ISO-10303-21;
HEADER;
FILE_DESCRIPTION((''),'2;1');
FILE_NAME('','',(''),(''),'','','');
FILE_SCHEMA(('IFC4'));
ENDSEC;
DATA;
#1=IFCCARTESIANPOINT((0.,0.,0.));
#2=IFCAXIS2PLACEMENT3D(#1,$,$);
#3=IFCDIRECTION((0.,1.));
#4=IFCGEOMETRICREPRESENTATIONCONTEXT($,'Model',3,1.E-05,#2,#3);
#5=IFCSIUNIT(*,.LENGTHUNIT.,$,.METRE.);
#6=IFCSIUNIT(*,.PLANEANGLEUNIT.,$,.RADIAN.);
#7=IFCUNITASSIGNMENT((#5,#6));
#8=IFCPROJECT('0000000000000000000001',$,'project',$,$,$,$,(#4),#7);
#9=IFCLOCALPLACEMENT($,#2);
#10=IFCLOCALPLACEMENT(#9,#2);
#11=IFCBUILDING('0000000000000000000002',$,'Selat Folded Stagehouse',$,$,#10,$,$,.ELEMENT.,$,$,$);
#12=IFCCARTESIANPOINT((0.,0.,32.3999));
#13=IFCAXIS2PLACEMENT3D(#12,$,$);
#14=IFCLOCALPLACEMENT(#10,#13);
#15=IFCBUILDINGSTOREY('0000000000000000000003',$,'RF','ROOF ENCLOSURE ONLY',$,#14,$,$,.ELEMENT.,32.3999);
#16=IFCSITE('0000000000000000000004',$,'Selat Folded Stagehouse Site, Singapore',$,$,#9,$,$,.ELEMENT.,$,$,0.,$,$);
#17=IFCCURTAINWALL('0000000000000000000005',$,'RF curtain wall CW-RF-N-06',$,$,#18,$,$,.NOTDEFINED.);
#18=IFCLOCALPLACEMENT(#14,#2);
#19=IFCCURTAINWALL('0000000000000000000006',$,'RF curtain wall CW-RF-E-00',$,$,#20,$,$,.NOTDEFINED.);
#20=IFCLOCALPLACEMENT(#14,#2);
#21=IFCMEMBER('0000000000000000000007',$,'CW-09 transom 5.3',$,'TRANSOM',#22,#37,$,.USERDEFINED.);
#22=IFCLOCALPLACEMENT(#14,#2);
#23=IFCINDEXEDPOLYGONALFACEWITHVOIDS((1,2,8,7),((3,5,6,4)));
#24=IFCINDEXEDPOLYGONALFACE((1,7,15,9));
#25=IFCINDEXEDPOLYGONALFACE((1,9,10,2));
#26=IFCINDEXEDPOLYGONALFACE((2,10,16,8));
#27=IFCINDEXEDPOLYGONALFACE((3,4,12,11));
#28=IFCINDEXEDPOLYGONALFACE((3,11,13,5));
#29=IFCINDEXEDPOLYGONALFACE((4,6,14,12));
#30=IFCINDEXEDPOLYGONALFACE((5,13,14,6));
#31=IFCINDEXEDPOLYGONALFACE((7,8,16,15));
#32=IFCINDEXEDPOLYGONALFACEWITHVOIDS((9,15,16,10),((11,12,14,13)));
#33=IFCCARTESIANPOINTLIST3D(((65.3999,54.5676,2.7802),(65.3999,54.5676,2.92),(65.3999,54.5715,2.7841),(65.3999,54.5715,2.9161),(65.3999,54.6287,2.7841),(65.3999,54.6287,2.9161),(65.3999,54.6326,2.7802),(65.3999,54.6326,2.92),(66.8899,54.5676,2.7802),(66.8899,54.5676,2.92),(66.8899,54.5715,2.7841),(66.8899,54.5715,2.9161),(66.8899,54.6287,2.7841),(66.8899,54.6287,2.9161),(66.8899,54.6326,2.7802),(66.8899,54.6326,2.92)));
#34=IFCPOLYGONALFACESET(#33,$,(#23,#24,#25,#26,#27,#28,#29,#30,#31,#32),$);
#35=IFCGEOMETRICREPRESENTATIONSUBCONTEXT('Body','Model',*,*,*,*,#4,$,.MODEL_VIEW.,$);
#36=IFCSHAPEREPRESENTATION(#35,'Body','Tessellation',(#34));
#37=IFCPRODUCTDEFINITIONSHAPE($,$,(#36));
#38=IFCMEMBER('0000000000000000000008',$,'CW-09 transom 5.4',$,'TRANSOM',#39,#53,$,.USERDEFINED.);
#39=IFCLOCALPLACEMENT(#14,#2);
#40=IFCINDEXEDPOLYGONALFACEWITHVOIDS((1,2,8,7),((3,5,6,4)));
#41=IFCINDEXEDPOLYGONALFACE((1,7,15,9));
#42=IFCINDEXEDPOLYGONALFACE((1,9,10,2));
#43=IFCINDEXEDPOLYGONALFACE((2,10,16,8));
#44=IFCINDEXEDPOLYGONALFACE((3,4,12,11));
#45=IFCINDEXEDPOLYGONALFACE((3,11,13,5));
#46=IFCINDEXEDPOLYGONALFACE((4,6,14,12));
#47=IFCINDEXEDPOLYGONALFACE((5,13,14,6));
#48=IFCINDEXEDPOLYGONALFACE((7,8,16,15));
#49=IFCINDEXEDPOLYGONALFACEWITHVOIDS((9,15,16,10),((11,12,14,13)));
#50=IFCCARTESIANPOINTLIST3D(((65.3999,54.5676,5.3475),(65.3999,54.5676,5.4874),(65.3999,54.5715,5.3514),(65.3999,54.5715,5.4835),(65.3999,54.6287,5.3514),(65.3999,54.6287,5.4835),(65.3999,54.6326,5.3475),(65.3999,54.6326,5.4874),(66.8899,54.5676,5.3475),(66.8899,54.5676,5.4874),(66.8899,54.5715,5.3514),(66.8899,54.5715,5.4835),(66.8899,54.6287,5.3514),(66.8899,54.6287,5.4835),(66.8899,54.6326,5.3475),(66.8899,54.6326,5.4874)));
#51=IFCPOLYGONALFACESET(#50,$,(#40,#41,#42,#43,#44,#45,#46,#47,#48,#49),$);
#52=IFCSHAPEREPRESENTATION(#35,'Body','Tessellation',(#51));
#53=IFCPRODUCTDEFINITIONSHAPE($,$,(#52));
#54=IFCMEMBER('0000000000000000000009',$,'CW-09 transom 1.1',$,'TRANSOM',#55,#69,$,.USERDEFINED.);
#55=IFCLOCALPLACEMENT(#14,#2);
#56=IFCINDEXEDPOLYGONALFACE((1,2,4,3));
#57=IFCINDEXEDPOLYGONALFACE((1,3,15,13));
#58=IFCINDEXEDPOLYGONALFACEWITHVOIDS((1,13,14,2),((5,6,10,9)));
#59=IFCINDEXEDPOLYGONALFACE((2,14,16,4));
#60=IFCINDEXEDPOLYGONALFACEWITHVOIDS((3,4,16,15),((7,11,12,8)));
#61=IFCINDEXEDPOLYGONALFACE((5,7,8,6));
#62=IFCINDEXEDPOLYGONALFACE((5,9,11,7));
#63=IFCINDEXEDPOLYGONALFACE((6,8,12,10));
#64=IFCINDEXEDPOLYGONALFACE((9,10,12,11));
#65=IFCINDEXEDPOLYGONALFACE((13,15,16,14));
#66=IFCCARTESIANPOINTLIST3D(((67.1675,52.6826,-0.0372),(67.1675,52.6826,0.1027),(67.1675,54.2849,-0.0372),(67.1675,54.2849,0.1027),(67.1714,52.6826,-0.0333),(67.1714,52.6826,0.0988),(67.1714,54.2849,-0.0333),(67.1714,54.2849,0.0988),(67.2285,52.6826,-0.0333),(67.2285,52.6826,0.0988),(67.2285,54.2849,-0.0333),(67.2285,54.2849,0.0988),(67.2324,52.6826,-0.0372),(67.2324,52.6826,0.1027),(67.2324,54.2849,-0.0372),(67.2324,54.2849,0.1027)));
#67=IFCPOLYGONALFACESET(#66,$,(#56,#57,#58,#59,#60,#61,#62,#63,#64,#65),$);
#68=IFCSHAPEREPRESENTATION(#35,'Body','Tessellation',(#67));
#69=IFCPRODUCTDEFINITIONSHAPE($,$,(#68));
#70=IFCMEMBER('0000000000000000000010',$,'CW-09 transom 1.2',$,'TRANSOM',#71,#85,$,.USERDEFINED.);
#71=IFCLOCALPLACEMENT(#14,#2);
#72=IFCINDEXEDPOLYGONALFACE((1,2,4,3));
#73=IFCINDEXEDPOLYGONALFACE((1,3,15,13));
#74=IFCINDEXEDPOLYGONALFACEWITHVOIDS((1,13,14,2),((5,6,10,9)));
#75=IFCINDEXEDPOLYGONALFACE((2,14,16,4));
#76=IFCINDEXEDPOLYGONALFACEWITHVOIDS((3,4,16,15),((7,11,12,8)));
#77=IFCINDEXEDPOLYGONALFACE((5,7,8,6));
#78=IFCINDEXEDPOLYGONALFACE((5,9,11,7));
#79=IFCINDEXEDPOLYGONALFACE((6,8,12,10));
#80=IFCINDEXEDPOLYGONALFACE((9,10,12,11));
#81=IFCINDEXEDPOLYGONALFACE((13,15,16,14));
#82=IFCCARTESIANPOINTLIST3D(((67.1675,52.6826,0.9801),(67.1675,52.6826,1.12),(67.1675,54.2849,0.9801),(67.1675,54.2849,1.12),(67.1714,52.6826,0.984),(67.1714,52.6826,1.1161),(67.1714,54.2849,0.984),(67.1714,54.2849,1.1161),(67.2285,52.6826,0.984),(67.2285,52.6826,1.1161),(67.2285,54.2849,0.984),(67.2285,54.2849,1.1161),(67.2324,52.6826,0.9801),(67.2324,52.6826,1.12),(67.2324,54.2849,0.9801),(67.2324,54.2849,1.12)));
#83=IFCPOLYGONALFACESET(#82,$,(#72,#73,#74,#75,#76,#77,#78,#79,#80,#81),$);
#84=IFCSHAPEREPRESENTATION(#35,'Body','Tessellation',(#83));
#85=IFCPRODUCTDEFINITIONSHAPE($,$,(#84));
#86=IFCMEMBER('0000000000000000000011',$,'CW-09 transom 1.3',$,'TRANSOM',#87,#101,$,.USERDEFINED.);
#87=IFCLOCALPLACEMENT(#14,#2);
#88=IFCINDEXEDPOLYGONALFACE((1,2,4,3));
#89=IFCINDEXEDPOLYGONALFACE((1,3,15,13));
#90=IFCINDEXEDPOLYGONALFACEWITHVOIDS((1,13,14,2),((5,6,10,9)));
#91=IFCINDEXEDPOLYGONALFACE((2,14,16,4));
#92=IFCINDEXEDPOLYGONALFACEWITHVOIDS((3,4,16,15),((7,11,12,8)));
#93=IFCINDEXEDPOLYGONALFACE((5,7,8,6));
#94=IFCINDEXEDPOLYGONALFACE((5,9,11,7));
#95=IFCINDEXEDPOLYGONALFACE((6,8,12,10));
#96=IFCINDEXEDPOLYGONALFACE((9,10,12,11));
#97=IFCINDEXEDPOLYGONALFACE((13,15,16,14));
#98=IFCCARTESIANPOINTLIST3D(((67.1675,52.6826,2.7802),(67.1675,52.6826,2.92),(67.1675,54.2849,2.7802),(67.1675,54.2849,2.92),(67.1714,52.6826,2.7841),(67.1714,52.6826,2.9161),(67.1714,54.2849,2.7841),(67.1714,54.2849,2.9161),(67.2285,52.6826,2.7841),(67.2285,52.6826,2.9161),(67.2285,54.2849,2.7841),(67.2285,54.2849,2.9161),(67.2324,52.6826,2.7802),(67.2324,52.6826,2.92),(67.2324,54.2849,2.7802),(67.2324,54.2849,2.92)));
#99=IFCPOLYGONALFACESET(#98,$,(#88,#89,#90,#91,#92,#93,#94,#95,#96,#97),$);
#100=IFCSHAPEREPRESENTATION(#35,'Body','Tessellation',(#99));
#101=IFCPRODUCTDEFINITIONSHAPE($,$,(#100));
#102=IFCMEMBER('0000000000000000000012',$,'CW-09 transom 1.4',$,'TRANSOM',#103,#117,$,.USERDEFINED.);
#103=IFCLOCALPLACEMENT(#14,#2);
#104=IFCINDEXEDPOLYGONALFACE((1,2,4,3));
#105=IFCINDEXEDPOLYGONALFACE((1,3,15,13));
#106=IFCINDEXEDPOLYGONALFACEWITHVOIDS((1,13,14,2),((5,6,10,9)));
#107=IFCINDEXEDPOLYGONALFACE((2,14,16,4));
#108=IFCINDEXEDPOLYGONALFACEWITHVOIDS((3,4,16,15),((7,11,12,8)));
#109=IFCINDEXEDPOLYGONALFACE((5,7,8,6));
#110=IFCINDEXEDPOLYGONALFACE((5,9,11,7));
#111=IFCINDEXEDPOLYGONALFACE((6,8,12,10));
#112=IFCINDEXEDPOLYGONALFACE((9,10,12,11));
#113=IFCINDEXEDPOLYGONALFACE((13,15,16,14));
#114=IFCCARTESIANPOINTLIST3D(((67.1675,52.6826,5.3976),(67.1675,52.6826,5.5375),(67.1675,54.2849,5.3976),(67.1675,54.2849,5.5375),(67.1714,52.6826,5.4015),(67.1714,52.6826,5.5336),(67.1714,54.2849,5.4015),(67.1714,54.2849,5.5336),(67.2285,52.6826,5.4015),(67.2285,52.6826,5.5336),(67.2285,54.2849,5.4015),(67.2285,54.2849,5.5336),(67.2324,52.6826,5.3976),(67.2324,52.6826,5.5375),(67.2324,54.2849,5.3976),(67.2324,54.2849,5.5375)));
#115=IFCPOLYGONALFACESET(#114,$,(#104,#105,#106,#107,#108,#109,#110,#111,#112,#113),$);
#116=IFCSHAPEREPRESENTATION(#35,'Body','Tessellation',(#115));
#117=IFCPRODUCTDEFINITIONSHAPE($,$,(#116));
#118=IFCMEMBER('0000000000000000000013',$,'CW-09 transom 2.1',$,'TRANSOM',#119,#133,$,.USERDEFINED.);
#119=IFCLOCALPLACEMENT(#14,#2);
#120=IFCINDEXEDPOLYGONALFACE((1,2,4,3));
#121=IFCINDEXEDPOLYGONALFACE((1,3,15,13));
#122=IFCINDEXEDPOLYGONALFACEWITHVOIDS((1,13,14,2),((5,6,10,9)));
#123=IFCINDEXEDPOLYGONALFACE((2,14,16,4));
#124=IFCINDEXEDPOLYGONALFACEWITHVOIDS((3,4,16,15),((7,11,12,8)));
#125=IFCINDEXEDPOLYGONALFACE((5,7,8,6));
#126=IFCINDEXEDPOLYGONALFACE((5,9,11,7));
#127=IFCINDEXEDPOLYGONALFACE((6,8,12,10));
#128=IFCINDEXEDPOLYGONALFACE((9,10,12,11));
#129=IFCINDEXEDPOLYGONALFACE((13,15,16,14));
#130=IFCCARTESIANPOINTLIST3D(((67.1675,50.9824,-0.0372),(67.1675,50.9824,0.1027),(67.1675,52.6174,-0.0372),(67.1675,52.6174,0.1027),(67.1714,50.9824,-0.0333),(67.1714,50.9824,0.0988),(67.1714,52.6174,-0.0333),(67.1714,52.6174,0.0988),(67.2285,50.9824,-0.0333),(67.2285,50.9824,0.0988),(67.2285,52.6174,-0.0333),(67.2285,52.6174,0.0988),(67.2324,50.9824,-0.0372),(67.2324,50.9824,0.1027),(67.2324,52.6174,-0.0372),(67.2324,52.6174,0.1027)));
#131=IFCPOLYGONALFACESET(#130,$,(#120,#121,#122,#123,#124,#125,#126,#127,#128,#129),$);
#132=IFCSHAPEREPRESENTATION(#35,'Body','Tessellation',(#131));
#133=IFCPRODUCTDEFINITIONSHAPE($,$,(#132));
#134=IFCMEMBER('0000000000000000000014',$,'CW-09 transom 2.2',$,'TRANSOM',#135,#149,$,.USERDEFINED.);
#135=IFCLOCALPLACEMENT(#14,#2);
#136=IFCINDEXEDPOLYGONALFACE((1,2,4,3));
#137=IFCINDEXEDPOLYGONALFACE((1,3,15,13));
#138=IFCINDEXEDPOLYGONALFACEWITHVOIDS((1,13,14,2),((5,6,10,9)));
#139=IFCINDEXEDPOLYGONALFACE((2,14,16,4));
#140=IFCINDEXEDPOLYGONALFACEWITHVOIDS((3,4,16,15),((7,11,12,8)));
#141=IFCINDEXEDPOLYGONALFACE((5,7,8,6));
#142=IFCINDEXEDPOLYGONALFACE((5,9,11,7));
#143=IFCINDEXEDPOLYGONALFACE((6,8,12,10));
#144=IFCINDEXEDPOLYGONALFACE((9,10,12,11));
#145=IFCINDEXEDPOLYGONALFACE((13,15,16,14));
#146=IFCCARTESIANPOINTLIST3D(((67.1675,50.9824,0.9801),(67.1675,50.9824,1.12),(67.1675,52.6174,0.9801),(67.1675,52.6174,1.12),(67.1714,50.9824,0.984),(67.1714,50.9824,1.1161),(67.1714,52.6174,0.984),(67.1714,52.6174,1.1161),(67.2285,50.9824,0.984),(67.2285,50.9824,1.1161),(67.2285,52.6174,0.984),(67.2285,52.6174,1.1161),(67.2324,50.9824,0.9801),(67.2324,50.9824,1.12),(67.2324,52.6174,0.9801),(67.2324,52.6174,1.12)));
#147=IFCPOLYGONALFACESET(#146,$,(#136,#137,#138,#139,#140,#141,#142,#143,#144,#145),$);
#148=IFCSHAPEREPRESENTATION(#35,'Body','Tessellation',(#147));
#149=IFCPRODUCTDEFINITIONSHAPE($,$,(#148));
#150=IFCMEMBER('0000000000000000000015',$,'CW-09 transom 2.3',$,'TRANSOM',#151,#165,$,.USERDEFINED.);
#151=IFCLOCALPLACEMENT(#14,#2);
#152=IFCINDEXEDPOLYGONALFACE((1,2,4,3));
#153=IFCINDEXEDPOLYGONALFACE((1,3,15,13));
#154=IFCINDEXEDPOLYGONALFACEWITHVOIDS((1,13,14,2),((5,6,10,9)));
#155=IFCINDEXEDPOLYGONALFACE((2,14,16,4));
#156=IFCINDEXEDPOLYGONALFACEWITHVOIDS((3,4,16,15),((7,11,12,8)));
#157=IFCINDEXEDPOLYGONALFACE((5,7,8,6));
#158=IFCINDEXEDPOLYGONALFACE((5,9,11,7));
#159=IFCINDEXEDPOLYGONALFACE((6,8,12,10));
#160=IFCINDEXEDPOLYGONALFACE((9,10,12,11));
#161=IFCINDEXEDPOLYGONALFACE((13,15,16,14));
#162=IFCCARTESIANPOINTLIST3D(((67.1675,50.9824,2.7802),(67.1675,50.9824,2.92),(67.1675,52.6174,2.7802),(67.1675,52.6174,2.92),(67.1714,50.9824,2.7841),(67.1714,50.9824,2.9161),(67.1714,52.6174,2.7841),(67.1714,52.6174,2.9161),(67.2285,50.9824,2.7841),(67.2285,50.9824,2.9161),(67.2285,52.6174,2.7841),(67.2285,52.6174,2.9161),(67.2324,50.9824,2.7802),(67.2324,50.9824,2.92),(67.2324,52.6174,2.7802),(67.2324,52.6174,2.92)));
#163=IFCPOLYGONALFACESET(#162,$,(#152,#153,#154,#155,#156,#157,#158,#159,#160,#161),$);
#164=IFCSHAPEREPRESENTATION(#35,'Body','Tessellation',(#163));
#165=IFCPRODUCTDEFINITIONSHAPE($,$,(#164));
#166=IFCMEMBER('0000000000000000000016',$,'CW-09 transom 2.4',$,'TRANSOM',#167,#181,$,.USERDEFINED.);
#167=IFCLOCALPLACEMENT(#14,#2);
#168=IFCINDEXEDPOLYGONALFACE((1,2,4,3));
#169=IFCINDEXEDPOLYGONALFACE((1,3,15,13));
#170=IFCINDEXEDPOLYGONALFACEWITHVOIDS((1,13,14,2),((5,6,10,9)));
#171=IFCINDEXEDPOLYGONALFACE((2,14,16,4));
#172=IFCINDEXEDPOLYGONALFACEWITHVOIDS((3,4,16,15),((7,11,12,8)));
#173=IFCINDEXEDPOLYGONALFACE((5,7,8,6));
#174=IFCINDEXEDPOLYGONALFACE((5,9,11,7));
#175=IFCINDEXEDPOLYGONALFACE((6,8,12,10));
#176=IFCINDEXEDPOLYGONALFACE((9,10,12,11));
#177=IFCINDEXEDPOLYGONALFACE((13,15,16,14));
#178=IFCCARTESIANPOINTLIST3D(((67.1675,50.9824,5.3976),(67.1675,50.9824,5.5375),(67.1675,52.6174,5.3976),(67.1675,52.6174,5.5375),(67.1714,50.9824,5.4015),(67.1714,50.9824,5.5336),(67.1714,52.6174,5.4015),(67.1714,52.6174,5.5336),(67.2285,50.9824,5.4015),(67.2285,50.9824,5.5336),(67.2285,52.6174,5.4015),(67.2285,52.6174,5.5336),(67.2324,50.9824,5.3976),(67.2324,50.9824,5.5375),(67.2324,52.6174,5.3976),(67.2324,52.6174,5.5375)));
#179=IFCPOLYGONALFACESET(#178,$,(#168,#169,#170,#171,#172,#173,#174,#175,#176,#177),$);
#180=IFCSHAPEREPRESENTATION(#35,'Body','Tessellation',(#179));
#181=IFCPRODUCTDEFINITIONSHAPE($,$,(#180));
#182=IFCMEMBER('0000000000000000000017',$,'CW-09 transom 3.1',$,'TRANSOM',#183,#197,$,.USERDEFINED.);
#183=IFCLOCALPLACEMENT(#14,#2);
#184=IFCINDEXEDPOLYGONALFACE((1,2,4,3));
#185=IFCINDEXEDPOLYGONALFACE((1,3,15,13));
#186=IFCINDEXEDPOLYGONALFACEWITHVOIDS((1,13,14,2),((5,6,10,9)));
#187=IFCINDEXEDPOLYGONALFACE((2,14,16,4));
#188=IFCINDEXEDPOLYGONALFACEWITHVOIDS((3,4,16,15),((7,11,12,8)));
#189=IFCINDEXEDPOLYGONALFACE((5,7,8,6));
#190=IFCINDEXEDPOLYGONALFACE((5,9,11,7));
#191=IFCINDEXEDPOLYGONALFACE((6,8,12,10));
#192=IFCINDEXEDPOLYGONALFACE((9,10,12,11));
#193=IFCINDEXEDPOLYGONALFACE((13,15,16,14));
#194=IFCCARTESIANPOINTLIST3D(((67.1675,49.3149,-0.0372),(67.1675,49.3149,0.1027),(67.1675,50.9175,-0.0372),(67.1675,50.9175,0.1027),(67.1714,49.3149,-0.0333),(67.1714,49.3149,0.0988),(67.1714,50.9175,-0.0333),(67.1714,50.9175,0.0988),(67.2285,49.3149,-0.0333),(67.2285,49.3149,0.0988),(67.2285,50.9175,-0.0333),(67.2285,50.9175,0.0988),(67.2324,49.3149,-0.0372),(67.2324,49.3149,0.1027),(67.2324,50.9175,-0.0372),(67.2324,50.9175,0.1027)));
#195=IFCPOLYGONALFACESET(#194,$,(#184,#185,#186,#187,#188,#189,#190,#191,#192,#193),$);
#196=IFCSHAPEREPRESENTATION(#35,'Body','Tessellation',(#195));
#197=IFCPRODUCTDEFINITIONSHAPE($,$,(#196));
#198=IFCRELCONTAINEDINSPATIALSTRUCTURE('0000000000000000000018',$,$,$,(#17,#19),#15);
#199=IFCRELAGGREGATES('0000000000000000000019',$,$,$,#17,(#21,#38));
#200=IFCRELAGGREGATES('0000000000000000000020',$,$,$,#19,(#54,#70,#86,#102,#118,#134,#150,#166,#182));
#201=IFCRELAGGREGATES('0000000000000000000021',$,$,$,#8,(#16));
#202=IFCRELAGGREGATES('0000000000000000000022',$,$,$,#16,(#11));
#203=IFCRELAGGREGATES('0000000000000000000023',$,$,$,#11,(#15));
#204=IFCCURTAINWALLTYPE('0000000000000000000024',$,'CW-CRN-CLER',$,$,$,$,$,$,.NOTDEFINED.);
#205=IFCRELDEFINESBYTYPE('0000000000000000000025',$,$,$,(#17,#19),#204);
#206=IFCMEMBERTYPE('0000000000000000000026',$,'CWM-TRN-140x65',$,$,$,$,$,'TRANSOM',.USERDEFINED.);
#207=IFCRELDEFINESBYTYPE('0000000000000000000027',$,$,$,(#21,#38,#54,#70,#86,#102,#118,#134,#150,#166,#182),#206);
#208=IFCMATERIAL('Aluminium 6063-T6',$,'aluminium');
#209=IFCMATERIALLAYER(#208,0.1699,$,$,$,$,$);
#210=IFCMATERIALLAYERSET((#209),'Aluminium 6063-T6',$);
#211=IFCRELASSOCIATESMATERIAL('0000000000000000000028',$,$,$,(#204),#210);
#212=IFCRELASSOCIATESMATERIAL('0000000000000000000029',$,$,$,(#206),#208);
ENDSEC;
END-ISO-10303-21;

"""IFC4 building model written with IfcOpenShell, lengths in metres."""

from ifc_helpers import new_model, si_unit, direction, frame, origin, origin_2d, place, context, subcontext, project, spatial, hollow_rectangle, extrude, material, layer, layer_set, material_profile, profile_set, type_object, element, aggregate, save


model = new_model("IFC4")

# Units and contexts
model_context = context("Model", 3, precision=1e-05, world=origin(), true_north=direction((0.0, 1.0)))
body_context = subcontext(model_context, "Body", "Model", "MODEL_VIEW")
ifc_project = project(units=[si_unit("LENGTHUNIT", "METRE"), si_unit("PLANEANGLEUNIT", "RADIAN")], contexts=[model_context])

# Site, building, storey
site_placement = place(None, origin())
site = spatial("IfcSite", under=ifc_project, at=site_placement, Name="Selat Folded Stagehouse Site, Singapore", CompositionType="ELEMENT", RefElevation=0.0)
building_placement = place(site_placement, origin())
building = spatial("IfcBuilding", under=site, at=building_placement, Name="Selat Folded Stagehouse", CompositionType="ELEMENT")
storey_placement = place(building_placement, frame((0.0, 0.0, 32.3999)))
storey = spatial("IfcBuildingStorey", under=building, at=storey_placement, Name="RF", Description="ROOF ENCLOSURE ONLY", CompositionType="ELEMENT", Elevation=32.3999)

# Curtain walls
ifc_material_1 = material(Name="Aluminium 6063-T6", Category="aluminium")
ifc_layer_1 = layer(ifc_material_1, 0.1699)
ifc_layer_set_1 = layer_set([ifc_layer_1], Name="Aluminium 6063-T6")
curtain_wall_type = type_object("IfcCurtainWallType", Name="CW-CRN-CLER", PredefinedType="NOTDEFINED", material=ifc_layer_set_1)
curtain_wall_1_placement = place(storey_placement, origin())
curtain_wall_1 = element("IfcCurtainWall", 1, at=curtain_wall_1_placement, inside=storey, type_object=curtain_wall_type, Name="RF curtain wall CW-RF-N-06", PredefinedType="NOTDEFINED")
curtain_wall_2_placement = place(storey_placement, origin())
curtain_wall_2 = element("IfcCurtainWall", 2, at=curtain_wall_2_placement, inside=storey, type_object=curtain_wall_type, Name="RF curtain wall CW-RF-E-00", PredefinedType="NOTDEFINED")

# Members
ifc_material_profile_1 = material_profile(ifc_material_1, hollow_rectangle(XDim=0.0649, YDim=0.1399, WallThickness=0.0039, at=origin_2d()), Name="ALU 140x65x4.0")
ifc_profile_set_1 = profile_set([ifc_material_profile_1], Name="Aluminium 6063-T6")
member_type_1 = type_object("IfcMemberType", Name="CWM-TRN-140x65", ElementType="TRANSOM", PredefinedType="USERDEFINED", material=ifc_profile_set_1)
member_1_placement = place(storey_placement, frame((65.3999, 54.6001, 2.8501), z_axis=(1.0, 0.0, 0.0), x_axis=(0.0, 1.0, 0.0)))
member_1 = element("IfcMember", 3, at=member_1_placement, type_object=member_type_1, Name="CW-09 transom 5.3", ObjectType="TRANSOM", PredefinedType="USERDEFINED", context=body_context, shape_type="SweptSolid", body=[
    extrude(hollow_rectangle(XDim=0.0649, YDim=0.1399, WallThickness=0.0039, at=origin_2d()), origin(), (0.0, 0.0, 1.0), 1.49),
])
member_2_placement = place(storey_placement, frame((65.3999, 54.6001, 5.4175), z_axis=(1.0, 0.0, 0.0), x_axis=(0.0, 1.0, 0.0)))
member_2 = element("IfcMember", 4, at=member_2_placement, type_object=member_type_1, Name="CW-09 transom 5.4", ObjectType="TRANSOM", PredefinedType="USERDEFINED", context=body_context, shape_type="SweptSolid", body=[
    extrude(hollow_rectangle(XDim=0.0649, YDim=0.1399, WallThickness=0.0039, at=origin_2d()), origin(), (0.0, 0.0, 1.0), 1.49),
])
member_3_placement = place(storey_placement, frame((67.2, 54.2849, 0.0327), z_axis=(0.0, -1.0, 0.0), x_axis=(1.0, 0.0, 0.0)))
member_3 = element("IfcMember", 5, at=member_3_placement, type_object=member_type_1, Name="CW-09 transom 1.1", ObjectType="TRANSOM", PredefinedType="USERDEFINED", context=body_context, shape_type="SweptSolid", body=[
    extrude(hollow_rectangle(XDim=0.0649, YDim=0.1399, WallThickness=0.0039, at=origin_2d()), origin(), (0.0, 0.0, 1.0), 1.6023),
])
member_4_placement = place(storey_placement, frame((67.2, 54.2849, 1.05), z_axis=(0.0, -1.0, 0.0), x_axis=(1.0, 0.0, 0.0)))
member_4 = element("IfcMember", 6, at=member_4_placement, type_object=member_type_1, Name="CW-09 transom 1.2", ObjectType="TRANSOM", PredefinedType="USERDEFINED", context=body_context, shape_type="SweptSolid", body=[
    extrude(hollow_rectangle(XDim=0.0649, YDim=0.1399, WallThickness=0.0039, at=origin_2d()), origin(), (0.0, 0.0, 1.0), 1.6023),
])
member_5_placement = place(storey_placement, frame((67.2, 54.2849, 2.8501), z_axis=(0.0, -1.0, 0.0), x_axis=(1.0, 0.0, 0.0)))
member_5 = element("IfcMember", 7, at=member_5_placement, type_object=member_type_1, Name="CW-09 transom 1.3", ObjectType="TRANSOM", PredefinedType="USERDEFINED", context=body_context, shape_type="SweptSolid", body=[
    extrude(hollow_rectangle(XDim=0.0649, YDim=0.1399, WallThickness=0.0039, at=origin_2d()), origin(), (0.0, 0.0, 1.0), 1.6023),
])
member_6_placement = place(storey_placement, frame((67.2, 54.2849, 5.4675), z_axis=(0.0, -1.0, 0.0), x_axis=(1.0, 0.0, 0.0)))
member_6 = element("IfcMember", 8, at=member_6_placement, type_object=member_type_1, Name="CW-09 transom 1.4", ObjectType="TRANSOM", PredefinedType="USERDEFINED", context=body_context, shape_type="SweptSolid", body=[
    extrude(hollow_rectangle(XDim=0.0649, YDim=0.1399, WallThickness=0.0039, at=origin_2d()), origin(), (0.0, 0.0, 1.0), 1.6023),
])
member_7_placement = place(storey_placement, frame((67.2, 52.6174, 0.0327), z_axis=(0.0, -1.0, 0.0), x_axis=(1.0, 0.0, 0.0)))
member_7 = element("IfcMember", 9, at=member_7_placement, type_object=member_type_1, Name="CW-09 transom 2.1", ObjectType="TRANSOM", PredefinedType="USERDEFINED", context=body_context, shape_type="SweptSolid", body=[
    extrude(hollow_rectangle(XDim=0.0649, YDim=0.1399, WallThickness=0.0039, at=origin_2d()), origin(), (0.0, 0.0, 1.0), 1.635),
])
member_8_placement = place(storey_placement, frame((67.2, 52.6174, 1.05), z_axis=(0.0, -1.0, 0.0), x_axis=(1.0, 0.0, 0.0)))
member_8 = element("IfcMember", 10, at=member_8_placement, type_object=member_type_1, Name="CW-09 transom 2.2", ObjectType="TRANSOM", PredefinedType="USERDEFINED", context=body_context, shape_type="SweptSolid", body=[
    extrude(hollow_rectangle(XDim=0.0649, YDim=0.1399, WallThickness=0.0039, at=origin_2d()), origin(), (0.0, 0.0, 1.0), 1.635),
])
member_9_placement = place(storey_placement, frame((67.2, 52.6174, 2.8501), z_axis=(0.0, -1.0, 0.0), x_axis=(1.0, 0.0, 0.0)))
member_9 = element("IfcMember", 11, at=member_9_placement, type_object=member_type_1, Name="CW-09 transom 2.3", ObjectType="TRANSOM", PredefinedType="USERDEFINED", context=body_context, shape_type="SweptSolid", body=[
    extrude(hollow_rectangle(XDim=0.0649, YDim=0.1399, WallThickness=0.0039, at=origin_2d()), origin(), (0.0, 0.0, 1.0), 1.635),
])
member_10_placement = place(storey_placement, frame((67.2, 52.6174, 5.4675), z_axis=(0.0, -1.0, 0.0), x_axis=(1.0, 0.0, 0.0)))
member_10 = element("IfcMember", 12, at=member_10_placement, type_object=member_type_1, Name="CW-09 transom 2.4", ObjectType="TRANSOM", PredefinedType="USERDEFINED", context=body_context, shape_type="SweptSolid", body=[
    extrude(hollow_rectangle(XDim=0.0649, YDim=0.1399, WallThickness=0.0039, at=origin_2d()), origin(), (0.0, 0.0, 1.0), 1.635),
])
member_11_placement = place(storey_placement, frame((67.2, 50.9175, 0.0327), z_axis=(0.0, -1.0, 0.0), x_axis=(1.0, 0.0, 0.0)))
member_11 = element("IfcMember", 13, at=member_11_placement, type_object=member_type_1, Name="CW-09 transom 3.1", ObjectType="TRANSOM", PredefinedType="USERDEFINED", context=body_context, shape_type="SweptSolid", body=[
    extrude(hollow_rectangle(XDim=0.0649, YDim=0.1399, WallThickness=0.0039, at=origin_2d()), origin(), (0.0, 0.0, 1.0), 1.6025),
])

aggregate(curtain_wall_1, [member_1, member_2])
aggregate(curtain_wall_2, [member_3, member_4, member_5, member_6, member_7, member_8, member_9, member_10, member_11])

save(model, "model.ifc")
